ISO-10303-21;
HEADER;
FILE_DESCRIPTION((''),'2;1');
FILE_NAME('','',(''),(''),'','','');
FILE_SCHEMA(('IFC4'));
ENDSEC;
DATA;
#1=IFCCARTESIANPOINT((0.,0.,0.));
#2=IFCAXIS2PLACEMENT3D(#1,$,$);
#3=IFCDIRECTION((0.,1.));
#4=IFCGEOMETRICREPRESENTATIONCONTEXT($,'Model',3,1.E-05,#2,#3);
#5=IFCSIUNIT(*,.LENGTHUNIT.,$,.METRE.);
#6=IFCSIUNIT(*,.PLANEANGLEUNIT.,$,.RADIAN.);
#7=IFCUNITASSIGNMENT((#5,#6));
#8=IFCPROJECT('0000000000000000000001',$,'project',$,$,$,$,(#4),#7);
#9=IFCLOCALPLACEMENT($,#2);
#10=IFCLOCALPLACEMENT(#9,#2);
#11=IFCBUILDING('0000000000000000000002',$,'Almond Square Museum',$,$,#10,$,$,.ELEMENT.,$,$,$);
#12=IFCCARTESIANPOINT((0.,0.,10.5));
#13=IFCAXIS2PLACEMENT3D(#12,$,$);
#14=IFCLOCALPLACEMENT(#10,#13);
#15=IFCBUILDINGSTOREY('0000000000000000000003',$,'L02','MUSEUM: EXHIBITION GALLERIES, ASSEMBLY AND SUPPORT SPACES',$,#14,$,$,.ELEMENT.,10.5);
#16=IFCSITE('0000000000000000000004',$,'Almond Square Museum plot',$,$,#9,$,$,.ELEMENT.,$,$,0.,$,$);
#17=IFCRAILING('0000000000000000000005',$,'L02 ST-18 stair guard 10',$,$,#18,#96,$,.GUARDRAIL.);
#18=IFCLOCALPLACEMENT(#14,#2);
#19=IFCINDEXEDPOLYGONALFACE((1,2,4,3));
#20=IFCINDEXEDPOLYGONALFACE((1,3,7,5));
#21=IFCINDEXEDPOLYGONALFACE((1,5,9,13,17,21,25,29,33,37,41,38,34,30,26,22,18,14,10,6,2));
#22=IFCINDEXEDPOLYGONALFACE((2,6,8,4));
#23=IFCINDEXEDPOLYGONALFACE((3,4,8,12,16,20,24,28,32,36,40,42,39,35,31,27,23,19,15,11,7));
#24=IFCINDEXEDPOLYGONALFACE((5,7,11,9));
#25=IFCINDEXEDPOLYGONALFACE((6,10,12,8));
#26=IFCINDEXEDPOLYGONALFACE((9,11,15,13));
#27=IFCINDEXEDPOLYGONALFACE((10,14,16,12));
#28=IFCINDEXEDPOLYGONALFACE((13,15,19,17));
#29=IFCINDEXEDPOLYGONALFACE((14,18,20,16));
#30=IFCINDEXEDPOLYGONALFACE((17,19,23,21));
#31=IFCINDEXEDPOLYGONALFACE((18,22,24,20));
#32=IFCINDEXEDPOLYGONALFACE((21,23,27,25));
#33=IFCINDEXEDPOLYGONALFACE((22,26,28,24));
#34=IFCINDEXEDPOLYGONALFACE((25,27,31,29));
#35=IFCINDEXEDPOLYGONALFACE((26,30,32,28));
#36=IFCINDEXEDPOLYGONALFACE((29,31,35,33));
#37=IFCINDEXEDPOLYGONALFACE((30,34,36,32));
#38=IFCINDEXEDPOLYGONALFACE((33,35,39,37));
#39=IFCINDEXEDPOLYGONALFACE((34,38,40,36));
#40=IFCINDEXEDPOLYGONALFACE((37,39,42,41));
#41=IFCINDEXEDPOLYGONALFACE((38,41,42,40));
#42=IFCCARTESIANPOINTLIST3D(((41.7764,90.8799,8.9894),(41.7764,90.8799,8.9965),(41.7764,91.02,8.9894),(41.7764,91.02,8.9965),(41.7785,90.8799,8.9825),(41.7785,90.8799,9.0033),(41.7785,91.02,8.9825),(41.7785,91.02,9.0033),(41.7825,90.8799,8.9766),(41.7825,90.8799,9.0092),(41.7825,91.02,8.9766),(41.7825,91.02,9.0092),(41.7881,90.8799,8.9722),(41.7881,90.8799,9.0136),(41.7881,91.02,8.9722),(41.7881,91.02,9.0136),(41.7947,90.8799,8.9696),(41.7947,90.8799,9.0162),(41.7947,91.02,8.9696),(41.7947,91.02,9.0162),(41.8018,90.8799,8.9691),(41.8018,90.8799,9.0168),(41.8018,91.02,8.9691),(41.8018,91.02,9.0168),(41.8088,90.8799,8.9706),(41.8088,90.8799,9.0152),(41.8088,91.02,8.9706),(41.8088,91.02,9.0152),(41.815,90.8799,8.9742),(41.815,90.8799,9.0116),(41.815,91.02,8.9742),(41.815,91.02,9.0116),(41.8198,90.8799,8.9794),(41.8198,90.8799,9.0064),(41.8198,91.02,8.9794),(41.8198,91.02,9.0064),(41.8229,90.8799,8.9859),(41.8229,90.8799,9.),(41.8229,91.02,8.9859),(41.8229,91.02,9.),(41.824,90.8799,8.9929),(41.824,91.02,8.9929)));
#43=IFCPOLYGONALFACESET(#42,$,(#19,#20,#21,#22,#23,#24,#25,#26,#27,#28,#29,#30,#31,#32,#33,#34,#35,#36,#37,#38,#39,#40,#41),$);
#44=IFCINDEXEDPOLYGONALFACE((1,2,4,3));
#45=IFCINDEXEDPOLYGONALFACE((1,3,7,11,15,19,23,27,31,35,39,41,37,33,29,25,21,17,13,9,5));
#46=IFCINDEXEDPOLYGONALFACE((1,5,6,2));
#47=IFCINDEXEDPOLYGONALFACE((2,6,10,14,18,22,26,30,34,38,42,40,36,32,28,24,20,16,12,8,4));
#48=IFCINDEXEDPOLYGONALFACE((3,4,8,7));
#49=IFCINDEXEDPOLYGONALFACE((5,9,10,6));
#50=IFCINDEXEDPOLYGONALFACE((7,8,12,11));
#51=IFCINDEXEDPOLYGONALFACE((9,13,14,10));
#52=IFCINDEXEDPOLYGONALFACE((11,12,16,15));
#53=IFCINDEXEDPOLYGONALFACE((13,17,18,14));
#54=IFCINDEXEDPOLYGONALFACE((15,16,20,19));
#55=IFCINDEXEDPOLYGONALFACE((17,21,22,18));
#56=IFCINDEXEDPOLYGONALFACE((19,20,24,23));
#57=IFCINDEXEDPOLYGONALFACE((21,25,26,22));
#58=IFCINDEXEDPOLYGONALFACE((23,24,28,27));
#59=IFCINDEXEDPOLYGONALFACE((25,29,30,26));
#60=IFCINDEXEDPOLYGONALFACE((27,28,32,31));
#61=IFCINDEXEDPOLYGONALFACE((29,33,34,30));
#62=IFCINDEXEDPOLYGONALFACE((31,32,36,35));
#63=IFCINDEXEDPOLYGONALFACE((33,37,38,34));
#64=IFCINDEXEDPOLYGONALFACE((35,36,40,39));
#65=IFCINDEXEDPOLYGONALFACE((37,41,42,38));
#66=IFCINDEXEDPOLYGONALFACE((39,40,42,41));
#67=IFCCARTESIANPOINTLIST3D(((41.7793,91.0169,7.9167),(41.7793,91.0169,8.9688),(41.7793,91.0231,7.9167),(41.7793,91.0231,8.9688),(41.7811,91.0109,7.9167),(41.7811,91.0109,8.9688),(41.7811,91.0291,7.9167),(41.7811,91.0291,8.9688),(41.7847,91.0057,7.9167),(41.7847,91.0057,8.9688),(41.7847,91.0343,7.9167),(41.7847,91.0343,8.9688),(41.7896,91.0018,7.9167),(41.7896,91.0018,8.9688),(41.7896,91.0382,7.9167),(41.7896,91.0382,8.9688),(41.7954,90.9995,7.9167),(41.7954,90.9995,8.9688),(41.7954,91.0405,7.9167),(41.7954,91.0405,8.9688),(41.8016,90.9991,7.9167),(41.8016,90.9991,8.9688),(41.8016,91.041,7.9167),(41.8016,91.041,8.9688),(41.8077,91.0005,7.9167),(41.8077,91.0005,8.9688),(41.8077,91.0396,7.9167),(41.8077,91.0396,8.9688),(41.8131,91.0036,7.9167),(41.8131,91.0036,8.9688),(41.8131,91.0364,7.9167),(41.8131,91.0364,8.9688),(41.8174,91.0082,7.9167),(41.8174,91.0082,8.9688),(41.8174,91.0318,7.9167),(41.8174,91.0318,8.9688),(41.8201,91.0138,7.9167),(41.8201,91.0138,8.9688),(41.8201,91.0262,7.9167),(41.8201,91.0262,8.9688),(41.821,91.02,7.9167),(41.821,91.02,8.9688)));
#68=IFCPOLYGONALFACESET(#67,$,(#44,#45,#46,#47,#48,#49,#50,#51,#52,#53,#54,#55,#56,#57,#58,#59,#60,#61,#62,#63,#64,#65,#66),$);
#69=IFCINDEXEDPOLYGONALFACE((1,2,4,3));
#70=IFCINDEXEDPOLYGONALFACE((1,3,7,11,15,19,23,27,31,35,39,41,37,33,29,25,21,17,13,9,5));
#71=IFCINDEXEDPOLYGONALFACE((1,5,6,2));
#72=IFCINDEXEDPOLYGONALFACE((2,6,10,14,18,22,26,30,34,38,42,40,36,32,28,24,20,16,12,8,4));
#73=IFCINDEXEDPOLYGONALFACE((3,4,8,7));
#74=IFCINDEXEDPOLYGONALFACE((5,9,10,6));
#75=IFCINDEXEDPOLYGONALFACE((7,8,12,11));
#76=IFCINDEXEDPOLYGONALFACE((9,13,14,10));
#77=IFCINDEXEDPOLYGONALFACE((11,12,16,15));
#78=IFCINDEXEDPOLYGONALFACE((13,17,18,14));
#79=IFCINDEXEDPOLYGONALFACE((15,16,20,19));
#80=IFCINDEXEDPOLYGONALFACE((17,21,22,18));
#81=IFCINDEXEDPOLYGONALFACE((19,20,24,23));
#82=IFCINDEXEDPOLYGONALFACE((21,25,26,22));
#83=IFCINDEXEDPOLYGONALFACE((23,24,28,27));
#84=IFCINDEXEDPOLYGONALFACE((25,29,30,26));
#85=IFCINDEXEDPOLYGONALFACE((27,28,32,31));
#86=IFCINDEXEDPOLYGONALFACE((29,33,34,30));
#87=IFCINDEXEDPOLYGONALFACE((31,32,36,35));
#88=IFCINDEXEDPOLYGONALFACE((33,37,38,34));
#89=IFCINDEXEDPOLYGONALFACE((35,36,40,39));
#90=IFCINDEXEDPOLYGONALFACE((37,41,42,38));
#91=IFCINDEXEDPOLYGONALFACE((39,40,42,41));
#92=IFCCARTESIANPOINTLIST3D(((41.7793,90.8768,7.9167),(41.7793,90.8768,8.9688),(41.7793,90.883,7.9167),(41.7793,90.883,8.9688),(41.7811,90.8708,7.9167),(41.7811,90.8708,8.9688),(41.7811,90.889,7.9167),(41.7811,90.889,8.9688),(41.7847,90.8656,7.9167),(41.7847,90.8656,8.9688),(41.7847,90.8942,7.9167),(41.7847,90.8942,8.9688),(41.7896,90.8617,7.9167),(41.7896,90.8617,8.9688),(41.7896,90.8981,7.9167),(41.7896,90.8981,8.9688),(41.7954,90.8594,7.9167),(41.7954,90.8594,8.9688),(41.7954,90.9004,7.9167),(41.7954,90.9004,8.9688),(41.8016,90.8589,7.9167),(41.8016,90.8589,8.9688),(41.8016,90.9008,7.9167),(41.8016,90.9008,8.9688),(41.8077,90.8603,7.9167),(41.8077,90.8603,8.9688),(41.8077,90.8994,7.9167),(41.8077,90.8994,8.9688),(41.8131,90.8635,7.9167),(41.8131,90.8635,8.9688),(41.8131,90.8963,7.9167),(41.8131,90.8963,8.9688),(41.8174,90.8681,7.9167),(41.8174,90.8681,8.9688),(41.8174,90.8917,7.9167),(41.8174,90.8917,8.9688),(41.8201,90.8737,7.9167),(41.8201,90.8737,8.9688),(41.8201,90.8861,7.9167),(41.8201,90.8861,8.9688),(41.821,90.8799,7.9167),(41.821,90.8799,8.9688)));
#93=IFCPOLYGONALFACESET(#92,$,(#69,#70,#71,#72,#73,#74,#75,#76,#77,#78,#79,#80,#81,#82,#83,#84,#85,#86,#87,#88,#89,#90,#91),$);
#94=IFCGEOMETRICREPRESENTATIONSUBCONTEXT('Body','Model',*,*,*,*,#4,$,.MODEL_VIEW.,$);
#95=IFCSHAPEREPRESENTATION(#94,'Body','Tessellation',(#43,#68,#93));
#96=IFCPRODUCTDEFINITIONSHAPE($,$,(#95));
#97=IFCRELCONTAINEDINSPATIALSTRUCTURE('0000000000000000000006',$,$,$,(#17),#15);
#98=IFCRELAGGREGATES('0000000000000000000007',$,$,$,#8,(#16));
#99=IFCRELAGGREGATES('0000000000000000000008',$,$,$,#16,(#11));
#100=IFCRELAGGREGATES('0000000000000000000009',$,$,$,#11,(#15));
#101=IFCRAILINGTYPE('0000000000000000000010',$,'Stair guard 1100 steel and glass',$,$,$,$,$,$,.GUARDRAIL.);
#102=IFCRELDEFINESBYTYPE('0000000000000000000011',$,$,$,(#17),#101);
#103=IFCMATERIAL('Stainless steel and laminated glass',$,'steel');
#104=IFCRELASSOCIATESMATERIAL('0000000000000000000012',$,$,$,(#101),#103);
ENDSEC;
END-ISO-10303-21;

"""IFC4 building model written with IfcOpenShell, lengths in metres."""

from ifc_helpers import new_model, si_unit, direction, frame, origin, origin_2d, place, context, subcontext, project, spatial, circle, extrude, material, type_object, element, save


model = new_model("IFC4")

# Units and contexts
model_context = context("Model", 3, precision=1e-05, world=origin(), true_north=direction((0.0, 1.0)))
body_context = subcontext(model_context, "Body", "Model", "MODEL_VIEW")
ifc_project = project(units=[si_unit("LENGTHUNIT", "METRE"), si_unit("PLANEANGLEUNIT", "RADIAN")], contexts=[model_context])

# Site, building, storey
site_placement = place(None, origin())
site = spatial("IfcSite", under=ifc_project, at=site_placement, Name="Almond Square Museum plot", CompositionType="ELEMENT", RefElevation=0.0)
building_placement = place(site_placement, origin())
building = spatial("IfcBuilding", under=site, at=building_placement, Name="Almond Square Museum", CompositionType="ELEMENT")
storey_placement = place(building_placement, frame((0.0, 0.0, 10.5)))
storey = spatial("IfcBuildingStorey", under=building, at=storey_placement, Name="L02", Description="MUSEUM: EXHIBITION GALLERIES, ASSEMBLY AND SUPPORT SPACES", CompositionType="ELEMENT", Elevation=10.5)

# Railing
ifc_material_1 = material(Name="Stainless steel and laminated glass", Category="steel")
railing_type_1 = type_object("IfcRailingType", Name="Stair guard 1100 steel and glass", PredefinedType="GUARDRAIL", material=ifc_material_1)
railing_1_placement = place(storey_placement, frame((41.8, 91.02, 7.9167)))
element("IfcRailing", 1, at=railing_1_placement, inside=storey, type_object=railing_type_1, Name="L02 ST-18 stair guard 10", PredefinedType="GUARDRAIL", context=body_context, shape_type="SweptSolid", body=[
    extrude(circle(Radius=0.0239, at=origin_2d()), frame((0.0, 0.0, 1.0762), z_axis=(0.0, -1.0, 0.0), x_axis=(1.0, 0.0, 0.0)), (0.0, 0.0, 1.0), 0.1401),
    extrude(circle(Radius=0.021, at=origin_2d()), origin(), (0.0, 0.0, 1.0), 1.052),
    extrude(circle(Radius=0.021, at=origin_2d()), frame((0.0, -0.1401, 0.0)), (0.0, 0.0, 1.0), 1.052),
])

save(model, "model.ifc")
